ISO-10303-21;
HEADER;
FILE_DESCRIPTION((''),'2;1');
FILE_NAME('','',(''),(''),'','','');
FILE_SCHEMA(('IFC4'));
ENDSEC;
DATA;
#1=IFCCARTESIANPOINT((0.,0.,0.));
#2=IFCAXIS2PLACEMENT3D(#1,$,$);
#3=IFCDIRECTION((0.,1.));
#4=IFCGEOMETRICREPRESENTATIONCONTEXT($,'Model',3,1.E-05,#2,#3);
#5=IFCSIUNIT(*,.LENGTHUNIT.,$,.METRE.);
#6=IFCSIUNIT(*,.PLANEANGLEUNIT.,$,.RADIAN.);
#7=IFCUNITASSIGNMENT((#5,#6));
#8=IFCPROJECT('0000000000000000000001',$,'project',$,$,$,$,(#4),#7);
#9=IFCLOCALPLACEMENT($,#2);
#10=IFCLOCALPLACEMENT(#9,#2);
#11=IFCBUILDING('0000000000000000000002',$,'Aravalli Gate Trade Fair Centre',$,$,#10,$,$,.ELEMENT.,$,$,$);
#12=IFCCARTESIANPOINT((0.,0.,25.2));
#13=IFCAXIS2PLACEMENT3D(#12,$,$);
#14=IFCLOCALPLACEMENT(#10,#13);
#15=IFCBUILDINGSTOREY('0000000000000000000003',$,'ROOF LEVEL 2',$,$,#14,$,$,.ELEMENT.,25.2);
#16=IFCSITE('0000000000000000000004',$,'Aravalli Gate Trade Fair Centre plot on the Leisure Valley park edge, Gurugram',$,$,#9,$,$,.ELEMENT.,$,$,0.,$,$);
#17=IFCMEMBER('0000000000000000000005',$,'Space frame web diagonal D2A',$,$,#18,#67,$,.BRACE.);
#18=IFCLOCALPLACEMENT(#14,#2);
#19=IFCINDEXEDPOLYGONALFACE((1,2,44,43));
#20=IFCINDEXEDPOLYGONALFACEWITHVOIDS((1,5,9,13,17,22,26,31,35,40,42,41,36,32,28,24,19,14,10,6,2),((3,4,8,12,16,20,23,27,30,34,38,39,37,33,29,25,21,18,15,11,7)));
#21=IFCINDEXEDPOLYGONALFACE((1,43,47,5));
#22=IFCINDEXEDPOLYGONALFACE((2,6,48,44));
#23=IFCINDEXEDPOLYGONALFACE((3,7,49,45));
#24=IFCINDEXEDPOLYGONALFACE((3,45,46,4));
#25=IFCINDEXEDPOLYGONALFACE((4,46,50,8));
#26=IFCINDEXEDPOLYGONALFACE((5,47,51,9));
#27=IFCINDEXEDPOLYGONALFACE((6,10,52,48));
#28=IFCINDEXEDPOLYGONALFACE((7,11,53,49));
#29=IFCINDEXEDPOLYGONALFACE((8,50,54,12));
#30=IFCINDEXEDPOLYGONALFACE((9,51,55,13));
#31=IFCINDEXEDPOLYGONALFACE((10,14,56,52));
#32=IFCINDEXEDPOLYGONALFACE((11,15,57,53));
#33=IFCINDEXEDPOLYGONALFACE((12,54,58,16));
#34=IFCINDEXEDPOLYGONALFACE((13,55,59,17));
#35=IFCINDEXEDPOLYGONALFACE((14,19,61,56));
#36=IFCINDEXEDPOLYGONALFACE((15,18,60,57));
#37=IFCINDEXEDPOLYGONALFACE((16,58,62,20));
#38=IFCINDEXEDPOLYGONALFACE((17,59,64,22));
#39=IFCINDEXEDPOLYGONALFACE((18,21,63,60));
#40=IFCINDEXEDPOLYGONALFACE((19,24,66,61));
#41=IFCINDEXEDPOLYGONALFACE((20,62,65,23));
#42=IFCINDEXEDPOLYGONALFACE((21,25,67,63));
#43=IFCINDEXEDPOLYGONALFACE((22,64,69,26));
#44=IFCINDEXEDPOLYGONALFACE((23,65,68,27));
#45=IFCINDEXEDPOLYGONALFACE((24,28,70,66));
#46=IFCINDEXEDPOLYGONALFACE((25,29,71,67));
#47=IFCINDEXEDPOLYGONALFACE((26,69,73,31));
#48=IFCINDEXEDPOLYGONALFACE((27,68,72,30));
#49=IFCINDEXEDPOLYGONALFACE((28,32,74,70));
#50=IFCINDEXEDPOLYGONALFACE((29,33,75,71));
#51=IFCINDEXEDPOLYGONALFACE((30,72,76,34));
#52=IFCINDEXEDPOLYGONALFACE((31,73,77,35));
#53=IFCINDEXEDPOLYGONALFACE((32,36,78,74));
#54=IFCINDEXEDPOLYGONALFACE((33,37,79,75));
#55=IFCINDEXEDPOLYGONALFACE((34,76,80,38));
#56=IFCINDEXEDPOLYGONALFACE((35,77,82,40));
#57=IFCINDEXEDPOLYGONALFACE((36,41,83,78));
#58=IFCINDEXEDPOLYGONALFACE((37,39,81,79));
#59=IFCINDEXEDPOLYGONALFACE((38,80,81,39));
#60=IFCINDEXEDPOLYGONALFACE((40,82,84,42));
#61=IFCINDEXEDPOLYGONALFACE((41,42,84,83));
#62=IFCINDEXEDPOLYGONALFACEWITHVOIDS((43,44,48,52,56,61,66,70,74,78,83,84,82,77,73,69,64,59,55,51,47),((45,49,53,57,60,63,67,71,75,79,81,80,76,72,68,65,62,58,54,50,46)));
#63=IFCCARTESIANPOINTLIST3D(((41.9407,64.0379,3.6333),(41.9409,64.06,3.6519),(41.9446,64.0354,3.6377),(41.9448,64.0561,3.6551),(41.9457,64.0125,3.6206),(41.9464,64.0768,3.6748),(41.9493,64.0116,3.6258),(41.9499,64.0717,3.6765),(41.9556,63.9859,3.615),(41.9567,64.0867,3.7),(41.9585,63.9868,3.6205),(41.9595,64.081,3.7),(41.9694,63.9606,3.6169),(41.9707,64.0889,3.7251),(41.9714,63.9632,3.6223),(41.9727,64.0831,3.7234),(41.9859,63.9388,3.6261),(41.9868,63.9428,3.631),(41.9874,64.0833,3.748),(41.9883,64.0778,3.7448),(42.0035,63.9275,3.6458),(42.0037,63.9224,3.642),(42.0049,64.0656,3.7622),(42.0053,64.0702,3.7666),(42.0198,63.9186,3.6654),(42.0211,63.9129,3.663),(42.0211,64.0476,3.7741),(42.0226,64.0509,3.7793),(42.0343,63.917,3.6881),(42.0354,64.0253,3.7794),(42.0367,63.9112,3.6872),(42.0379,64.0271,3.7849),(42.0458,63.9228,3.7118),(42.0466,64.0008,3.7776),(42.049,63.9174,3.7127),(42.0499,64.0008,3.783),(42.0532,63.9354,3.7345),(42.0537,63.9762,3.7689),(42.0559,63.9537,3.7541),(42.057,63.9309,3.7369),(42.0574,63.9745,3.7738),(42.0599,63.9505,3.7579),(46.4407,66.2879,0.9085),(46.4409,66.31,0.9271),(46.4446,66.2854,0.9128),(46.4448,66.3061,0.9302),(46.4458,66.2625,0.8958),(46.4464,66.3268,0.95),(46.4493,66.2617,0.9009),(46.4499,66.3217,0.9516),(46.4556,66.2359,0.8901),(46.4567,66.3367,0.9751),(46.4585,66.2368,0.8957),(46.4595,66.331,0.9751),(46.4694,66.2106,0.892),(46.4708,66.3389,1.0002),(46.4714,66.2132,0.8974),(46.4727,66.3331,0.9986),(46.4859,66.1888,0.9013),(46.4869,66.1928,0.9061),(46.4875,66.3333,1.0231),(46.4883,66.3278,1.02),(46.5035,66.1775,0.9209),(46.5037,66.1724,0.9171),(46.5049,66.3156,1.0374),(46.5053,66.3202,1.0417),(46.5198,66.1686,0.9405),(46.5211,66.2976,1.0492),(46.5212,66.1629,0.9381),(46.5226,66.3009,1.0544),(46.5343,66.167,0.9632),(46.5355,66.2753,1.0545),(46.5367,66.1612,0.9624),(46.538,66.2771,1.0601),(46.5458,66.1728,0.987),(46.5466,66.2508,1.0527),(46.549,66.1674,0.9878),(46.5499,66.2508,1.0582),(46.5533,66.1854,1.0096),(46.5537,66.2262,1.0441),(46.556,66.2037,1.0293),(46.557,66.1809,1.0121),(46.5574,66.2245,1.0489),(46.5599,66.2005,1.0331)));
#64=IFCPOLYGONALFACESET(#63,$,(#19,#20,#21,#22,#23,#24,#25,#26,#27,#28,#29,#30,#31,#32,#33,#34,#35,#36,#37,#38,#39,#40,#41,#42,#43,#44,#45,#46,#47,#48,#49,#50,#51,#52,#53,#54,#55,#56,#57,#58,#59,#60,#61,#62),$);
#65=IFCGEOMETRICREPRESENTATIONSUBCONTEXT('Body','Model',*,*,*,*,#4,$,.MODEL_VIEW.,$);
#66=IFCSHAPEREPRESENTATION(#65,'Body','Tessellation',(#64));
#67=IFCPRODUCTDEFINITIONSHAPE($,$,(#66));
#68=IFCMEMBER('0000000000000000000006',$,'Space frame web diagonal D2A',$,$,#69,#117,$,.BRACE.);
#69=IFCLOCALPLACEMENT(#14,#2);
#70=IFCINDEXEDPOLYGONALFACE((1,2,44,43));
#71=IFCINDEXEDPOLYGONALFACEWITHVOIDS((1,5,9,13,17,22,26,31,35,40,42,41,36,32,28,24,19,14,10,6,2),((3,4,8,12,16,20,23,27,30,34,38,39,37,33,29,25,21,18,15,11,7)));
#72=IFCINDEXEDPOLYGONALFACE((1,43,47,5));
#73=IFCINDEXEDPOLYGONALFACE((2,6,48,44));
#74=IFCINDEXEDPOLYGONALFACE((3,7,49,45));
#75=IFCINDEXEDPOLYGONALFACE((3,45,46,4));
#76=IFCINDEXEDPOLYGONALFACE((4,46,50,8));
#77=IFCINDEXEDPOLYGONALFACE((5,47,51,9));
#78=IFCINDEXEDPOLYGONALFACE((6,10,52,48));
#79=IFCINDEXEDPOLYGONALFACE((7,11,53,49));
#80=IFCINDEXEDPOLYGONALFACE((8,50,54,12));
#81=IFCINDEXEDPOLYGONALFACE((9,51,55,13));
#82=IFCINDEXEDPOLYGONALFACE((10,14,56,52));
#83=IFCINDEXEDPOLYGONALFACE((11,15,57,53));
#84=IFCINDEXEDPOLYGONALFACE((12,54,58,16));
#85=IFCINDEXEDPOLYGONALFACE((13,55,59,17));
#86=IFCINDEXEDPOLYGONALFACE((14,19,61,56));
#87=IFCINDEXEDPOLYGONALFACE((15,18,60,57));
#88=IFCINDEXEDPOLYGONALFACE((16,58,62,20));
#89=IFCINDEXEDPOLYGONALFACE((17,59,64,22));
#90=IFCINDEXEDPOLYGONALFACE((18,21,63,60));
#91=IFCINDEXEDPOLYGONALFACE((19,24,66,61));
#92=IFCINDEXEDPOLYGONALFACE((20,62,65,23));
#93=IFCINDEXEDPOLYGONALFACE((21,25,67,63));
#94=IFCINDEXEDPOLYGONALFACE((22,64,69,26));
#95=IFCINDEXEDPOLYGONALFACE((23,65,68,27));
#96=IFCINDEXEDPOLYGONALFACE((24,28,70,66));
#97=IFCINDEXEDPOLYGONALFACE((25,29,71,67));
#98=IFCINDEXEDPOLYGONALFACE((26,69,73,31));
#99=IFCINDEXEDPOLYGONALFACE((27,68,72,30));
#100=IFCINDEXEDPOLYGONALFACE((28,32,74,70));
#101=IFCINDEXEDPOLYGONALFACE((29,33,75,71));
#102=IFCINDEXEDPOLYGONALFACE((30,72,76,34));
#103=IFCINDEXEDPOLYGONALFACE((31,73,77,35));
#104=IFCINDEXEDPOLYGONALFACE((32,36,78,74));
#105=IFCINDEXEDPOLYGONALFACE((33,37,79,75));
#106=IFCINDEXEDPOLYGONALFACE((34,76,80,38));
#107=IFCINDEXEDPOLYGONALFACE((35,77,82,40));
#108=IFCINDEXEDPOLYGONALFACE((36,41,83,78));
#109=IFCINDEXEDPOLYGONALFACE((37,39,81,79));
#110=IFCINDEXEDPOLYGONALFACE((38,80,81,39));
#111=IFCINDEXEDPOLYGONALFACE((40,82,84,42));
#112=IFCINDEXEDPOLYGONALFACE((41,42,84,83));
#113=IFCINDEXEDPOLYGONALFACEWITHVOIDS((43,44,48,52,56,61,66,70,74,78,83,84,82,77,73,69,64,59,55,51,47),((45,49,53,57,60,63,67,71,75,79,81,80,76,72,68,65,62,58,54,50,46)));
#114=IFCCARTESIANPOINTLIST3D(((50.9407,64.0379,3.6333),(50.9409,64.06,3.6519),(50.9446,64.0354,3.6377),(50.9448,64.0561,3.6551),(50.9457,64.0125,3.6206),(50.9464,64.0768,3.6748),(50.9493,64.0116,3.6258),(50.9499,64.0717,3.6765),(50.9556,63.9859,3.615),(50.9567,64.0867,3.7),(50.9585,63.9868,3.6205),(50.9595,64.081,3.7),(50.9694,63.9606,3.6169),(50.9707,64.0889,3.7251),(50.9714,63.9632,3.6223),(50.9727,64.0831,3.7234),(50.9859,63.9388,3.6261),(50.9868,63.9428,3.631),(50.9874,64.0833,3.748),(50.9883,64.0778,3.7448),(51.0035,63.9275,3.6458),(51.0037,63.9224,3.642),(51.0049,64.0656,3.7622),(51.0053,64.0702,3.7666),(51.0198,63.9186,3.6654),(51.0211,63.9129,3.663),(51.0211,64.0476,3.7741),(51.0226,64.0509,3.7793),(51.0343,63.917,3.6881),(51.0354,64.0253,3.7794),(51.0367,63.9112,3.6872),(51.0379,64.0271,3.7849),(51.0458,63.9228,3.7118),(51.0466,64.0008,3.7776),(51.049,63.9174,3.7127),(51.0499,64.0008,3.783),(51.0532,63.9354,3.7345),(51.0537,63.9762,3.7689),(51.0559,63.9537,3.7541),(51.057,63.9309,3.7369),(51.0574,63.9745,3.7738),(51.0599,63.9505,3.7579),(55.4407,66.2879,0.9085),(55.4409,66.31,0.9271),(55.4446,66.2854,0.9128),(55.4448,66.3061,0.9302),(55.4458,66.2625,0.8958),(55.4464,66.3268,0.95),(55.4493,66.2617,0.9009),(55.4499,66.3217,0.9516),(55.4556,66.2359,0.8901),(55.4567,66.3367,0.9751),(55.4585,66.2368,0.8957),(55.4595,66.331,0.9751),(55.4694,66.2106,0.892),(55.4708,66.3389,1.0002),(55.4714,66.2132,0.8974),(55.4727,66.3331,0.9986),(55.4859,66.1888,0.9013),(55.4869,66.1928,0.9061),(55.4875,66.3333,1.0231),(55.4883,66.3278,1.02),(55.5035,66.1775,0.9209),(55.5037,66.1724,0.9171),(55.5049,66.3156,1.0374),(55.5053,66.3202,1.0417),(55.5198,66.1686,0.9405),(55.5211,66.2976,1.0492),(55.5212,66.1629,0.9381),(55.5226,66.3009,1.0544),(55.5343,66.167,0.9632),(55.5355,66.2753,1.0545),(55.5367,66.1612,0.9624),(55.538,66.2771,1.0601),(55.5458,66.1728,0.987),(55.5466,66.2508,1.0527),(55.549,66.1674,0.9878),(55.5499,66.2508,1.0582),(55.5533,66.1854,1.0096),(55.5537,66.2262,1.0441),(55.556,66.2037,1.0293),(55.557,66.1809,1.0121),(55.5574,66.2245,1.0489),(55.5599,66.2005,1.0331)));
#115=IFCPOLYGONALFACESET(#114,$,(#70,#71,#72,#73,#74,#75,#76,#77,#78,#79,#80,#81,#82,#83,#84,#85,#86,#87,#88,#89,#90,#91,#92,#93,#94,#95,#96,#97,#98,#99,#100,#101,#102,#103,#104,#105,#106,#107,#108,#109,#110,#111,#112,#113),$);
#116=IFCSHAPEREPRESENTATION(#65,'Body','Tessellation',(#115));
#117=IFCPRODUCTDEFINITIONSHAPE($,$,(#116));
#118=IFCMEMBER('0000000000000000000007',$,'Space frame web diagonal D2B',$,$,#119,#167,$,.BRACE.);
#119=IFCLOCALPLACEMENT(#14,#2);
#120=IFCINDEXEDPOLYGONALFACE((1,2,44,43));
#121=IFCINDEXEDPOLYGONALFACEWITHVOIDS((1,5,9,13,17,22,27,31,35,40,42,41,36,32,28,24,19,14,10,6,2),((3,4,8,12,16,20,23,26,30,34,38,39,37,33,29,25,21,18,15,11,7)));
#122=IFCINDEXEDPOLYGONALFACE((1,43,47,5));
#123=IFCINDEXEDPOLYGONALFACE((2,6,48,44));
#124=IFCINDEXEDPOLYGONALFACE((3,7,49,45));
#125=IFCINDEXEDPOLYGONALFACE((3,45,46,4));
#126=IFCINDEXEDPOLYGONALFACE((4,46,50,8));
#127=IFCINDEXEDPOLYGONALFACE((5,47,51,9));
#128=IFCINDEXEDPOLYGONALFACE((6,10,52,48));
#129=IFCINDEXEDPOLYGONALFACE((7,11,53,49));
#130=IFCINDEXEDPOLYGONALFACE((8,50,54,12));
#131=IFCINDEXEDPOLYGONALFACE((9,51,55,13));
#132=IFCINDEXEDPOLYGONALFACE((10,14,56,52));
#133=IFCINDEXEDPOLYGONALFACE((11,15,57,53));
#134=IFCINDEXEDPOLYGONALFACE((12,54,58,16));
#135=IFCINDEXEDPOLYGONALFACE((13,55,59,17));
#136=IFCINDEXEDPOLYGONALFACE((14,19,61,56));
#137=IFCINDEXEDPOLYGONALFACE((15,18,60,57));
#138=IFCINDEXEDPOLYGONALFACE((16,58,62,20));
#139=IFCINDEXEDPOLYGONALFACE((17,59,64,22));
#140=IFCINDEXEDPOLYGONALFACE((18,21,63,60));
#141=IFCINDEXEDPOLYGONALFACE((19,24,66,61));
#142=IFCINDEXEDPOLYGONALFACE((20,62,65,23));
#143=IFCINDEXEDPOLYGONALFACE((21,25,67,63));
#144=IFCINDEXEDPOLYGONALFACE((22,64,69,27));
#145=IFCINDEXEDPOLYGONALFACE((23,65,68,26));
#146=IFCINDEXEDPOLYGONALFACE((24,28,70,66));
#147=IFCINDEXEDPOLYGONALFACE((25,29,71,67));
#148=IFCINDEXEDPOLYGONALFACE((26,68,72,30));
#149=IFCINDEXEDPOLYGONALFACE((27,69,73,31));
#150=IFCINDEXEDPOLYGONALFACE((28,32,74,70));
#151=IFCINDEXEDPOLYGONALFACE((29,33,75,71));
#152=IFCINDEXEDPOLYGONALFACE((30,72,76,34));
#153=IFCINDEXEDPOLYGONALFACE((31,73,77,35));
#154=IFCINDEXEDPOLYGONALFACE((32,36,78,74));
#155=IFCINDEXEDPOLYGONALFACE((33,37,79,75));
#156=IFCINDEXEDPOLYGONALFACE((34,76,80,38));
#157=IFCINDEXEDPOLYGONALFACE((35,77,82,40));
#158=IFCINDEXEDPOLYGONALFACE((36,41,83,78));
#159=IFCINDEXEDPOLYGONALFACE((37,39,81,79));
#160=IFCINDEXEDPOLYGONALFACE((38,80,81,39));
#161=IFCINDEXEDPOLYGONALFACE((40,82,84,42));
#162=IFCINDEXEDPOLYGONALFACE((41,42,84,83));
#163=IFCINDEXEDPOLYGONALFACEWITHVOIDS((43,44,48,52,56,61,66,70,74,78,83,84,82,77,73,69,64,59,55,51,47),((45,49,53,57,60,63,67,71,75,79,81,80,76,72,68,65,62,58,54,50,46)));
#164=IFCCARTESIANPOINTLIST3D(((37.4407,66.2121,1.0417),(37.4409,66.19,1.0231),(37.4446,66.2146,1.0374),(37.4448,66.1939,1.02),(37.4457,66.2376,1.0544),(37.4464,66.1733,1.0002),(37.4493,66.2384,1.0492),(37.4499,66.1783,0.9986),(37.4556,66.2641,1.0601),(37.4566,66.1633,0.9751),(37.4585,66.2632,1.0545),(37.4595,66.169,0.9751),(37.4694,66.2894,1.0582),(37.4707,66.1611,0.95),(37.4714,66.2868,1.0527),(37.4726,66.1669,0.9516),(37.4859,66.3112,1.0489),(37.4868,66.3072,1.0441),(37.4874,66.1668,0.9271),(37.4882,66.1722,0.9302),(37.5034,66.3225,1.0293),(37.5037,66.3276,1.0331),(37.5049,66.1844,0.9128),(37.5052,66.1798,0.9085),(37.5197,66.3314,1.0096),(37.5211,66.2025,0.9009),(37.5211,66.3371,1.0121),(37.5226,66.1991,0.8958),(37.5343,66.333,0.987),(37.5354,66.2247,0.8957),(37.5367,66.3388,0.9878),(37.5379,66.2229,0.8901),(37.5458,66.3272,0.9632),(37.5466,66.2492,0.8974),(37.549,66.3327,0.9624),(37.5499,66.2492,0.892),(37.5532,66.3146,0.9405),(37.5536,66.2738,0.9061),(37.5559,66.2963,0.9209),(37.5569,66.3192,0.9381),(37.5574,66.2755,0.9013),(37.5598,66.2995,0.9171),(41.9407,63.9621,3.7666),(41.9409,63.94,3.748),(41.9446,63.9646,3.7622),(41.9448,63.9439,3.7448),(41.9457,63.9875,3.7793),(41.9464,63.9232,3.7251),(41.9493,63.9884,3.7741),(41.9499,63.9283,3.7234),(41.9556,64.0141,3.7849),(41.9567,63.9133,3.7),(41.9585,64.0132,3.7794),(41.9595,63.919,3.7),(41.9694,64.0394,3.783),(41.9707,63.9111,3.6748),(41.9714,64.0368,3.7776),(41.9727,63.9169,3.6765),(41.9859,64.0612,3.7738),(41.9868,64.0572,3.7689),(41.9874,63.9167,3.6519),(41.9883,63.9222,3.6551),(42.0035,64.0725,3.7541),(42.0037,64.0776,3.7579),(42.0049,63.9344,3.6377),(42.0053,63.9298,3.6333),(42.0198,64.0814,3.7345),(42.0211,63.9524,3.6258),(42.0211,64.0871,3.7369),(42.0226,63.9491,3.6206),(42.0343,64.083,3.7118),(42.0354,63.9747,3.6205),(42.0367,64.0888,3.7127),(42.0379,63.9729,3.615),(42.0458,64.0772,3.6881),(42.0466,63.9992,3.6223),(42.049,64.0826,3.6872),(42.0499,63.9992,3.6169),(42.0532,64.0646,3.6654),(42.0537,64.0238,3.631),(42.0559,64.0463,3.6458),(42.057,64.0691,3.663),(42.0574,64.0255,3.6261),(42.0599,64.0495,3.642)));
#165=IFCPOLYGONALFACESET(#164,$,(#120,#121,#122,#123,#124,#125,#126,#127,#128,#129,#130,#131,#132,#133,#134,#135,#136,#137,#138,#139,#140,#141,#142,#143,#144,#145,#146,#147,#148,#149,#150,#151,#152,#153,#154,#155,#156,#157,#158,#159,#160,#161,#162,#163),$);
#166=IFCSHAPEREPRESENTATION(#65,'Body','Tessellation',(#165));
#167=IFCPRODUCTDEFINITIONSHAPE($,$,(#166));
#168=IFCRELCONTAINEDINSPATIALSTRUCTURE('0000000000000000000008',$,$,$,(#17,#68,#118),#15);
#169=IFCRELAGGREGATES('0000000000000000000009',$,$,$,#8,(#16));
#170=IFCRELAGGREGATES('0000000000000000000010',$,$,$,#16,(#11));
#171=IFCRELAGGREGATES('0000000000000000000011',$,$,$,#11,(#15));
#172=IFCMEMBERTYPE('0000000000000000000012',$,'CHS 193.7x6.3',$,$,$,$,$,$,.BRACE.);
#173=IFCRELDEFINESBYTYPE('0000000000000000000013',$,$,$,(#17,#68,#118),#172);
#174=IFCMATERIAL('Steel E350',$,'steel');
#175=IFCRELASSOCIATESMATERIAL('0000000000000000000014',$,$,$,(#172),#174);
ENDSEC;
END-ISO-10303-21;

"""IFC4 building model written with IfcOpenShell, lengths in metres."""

from ifc_helpers import new_model, si_unit, direction, frame, origin, origin_2d, place, context, subcontext, project, spatial, hollow_circle, extrude, material, material_profile, profile_set, type_object, element, save


model = new_model("IFC4")

# Units and contexts
model_context = context("Model", 3, precision=1e-05, world=origin(), true_north=direction((0.0, 1.0)))
body_context = subcontext(model_context, "Body", "Model", "MODEL_VIEW")
ifc_project = project(units=[si_unit("LENGTHUNIT", "METRE"), si_unit("PLANEANGLEUNIT", "RADIAN")], contexts=[model_context])

# Site, building, storey
site_placement = place(None, origin())
site = spatial("IfcSite", under=ifc_project, at=site_placement, Name="Aravalli Gate Trade Fair Centre plot on the Leisure Valley park edge, Gurugram", CompositionType="ELEMENT", RefElevation=0.0)
building_placement = place(site_placement, origin())
building = spatial("IfcBuilding", under=site, at=building_placement, Name="Aravalli Gate Trade Fair Centre", CompositionType="ELEMENT")
storey_placement = place(building_placement, frame((0.0, 0.0, 25.2)))
storey = spatial("IfcBuildingStorey", under=building, at=storey_placement, Name="ROOF LEVEL 2", CompositionType="ELEMENT", Elevation=25.2)

# Members
ifc_material = material(Name="Steel E350", Category="steel")
ifc_material_profile_1 = material_profile(ifc_material, hollow_circle(Radius=0.0969, WallThickness=0.0063, at=origin_2d()), Name="CHS 193.7x6.3")
ifc_profile_set_1 = profile_set([ifc_material_profile_1], Name="Steel E350")
member_type_1 = type_object("IfcMemberType", Name="CHS 193.7x6.3", PredefinedType="BRACE", material=ifc_profile_set_1)
for number, where, z_axis, x_axis, name in (
    (1, (42.0, 64.0, 3.7), (0.786486, 0.393243, -0.476235), (-0.447214, 0.894427, 0.0), "Space frame web diagonal D2A"),
    (2, (51.0, 64.0, 3.7), (0.786486, 0.393243, -0.476235), (-0.447214, 0.894427, 0.0), "Space frame web diagonal D2A"),
    (3, (42.0, 64.0, 3.7), (-0.786486, 0.393243, -0.476235), (-0.447214, -0.894427, 0.0), "Space frame web diagonal D2B"),
):
    element("IfcMember", number, at=place(storey_placement, frame(where, z_axis=z_axis, x_axis=x_axis)), inside=storey, type_object=member_type_1, Name=name, PredefinedType="BRACE", context=body_context, shape_type="SweptSolid", body=[
        extrude(hollow_circle(Radius=0.0969, WallThickness=0.0063, at=origin_2d()), origin(), (0.0, 0.0, 1.0), 5.7217),
    ])

save(model, "model.ifc")
